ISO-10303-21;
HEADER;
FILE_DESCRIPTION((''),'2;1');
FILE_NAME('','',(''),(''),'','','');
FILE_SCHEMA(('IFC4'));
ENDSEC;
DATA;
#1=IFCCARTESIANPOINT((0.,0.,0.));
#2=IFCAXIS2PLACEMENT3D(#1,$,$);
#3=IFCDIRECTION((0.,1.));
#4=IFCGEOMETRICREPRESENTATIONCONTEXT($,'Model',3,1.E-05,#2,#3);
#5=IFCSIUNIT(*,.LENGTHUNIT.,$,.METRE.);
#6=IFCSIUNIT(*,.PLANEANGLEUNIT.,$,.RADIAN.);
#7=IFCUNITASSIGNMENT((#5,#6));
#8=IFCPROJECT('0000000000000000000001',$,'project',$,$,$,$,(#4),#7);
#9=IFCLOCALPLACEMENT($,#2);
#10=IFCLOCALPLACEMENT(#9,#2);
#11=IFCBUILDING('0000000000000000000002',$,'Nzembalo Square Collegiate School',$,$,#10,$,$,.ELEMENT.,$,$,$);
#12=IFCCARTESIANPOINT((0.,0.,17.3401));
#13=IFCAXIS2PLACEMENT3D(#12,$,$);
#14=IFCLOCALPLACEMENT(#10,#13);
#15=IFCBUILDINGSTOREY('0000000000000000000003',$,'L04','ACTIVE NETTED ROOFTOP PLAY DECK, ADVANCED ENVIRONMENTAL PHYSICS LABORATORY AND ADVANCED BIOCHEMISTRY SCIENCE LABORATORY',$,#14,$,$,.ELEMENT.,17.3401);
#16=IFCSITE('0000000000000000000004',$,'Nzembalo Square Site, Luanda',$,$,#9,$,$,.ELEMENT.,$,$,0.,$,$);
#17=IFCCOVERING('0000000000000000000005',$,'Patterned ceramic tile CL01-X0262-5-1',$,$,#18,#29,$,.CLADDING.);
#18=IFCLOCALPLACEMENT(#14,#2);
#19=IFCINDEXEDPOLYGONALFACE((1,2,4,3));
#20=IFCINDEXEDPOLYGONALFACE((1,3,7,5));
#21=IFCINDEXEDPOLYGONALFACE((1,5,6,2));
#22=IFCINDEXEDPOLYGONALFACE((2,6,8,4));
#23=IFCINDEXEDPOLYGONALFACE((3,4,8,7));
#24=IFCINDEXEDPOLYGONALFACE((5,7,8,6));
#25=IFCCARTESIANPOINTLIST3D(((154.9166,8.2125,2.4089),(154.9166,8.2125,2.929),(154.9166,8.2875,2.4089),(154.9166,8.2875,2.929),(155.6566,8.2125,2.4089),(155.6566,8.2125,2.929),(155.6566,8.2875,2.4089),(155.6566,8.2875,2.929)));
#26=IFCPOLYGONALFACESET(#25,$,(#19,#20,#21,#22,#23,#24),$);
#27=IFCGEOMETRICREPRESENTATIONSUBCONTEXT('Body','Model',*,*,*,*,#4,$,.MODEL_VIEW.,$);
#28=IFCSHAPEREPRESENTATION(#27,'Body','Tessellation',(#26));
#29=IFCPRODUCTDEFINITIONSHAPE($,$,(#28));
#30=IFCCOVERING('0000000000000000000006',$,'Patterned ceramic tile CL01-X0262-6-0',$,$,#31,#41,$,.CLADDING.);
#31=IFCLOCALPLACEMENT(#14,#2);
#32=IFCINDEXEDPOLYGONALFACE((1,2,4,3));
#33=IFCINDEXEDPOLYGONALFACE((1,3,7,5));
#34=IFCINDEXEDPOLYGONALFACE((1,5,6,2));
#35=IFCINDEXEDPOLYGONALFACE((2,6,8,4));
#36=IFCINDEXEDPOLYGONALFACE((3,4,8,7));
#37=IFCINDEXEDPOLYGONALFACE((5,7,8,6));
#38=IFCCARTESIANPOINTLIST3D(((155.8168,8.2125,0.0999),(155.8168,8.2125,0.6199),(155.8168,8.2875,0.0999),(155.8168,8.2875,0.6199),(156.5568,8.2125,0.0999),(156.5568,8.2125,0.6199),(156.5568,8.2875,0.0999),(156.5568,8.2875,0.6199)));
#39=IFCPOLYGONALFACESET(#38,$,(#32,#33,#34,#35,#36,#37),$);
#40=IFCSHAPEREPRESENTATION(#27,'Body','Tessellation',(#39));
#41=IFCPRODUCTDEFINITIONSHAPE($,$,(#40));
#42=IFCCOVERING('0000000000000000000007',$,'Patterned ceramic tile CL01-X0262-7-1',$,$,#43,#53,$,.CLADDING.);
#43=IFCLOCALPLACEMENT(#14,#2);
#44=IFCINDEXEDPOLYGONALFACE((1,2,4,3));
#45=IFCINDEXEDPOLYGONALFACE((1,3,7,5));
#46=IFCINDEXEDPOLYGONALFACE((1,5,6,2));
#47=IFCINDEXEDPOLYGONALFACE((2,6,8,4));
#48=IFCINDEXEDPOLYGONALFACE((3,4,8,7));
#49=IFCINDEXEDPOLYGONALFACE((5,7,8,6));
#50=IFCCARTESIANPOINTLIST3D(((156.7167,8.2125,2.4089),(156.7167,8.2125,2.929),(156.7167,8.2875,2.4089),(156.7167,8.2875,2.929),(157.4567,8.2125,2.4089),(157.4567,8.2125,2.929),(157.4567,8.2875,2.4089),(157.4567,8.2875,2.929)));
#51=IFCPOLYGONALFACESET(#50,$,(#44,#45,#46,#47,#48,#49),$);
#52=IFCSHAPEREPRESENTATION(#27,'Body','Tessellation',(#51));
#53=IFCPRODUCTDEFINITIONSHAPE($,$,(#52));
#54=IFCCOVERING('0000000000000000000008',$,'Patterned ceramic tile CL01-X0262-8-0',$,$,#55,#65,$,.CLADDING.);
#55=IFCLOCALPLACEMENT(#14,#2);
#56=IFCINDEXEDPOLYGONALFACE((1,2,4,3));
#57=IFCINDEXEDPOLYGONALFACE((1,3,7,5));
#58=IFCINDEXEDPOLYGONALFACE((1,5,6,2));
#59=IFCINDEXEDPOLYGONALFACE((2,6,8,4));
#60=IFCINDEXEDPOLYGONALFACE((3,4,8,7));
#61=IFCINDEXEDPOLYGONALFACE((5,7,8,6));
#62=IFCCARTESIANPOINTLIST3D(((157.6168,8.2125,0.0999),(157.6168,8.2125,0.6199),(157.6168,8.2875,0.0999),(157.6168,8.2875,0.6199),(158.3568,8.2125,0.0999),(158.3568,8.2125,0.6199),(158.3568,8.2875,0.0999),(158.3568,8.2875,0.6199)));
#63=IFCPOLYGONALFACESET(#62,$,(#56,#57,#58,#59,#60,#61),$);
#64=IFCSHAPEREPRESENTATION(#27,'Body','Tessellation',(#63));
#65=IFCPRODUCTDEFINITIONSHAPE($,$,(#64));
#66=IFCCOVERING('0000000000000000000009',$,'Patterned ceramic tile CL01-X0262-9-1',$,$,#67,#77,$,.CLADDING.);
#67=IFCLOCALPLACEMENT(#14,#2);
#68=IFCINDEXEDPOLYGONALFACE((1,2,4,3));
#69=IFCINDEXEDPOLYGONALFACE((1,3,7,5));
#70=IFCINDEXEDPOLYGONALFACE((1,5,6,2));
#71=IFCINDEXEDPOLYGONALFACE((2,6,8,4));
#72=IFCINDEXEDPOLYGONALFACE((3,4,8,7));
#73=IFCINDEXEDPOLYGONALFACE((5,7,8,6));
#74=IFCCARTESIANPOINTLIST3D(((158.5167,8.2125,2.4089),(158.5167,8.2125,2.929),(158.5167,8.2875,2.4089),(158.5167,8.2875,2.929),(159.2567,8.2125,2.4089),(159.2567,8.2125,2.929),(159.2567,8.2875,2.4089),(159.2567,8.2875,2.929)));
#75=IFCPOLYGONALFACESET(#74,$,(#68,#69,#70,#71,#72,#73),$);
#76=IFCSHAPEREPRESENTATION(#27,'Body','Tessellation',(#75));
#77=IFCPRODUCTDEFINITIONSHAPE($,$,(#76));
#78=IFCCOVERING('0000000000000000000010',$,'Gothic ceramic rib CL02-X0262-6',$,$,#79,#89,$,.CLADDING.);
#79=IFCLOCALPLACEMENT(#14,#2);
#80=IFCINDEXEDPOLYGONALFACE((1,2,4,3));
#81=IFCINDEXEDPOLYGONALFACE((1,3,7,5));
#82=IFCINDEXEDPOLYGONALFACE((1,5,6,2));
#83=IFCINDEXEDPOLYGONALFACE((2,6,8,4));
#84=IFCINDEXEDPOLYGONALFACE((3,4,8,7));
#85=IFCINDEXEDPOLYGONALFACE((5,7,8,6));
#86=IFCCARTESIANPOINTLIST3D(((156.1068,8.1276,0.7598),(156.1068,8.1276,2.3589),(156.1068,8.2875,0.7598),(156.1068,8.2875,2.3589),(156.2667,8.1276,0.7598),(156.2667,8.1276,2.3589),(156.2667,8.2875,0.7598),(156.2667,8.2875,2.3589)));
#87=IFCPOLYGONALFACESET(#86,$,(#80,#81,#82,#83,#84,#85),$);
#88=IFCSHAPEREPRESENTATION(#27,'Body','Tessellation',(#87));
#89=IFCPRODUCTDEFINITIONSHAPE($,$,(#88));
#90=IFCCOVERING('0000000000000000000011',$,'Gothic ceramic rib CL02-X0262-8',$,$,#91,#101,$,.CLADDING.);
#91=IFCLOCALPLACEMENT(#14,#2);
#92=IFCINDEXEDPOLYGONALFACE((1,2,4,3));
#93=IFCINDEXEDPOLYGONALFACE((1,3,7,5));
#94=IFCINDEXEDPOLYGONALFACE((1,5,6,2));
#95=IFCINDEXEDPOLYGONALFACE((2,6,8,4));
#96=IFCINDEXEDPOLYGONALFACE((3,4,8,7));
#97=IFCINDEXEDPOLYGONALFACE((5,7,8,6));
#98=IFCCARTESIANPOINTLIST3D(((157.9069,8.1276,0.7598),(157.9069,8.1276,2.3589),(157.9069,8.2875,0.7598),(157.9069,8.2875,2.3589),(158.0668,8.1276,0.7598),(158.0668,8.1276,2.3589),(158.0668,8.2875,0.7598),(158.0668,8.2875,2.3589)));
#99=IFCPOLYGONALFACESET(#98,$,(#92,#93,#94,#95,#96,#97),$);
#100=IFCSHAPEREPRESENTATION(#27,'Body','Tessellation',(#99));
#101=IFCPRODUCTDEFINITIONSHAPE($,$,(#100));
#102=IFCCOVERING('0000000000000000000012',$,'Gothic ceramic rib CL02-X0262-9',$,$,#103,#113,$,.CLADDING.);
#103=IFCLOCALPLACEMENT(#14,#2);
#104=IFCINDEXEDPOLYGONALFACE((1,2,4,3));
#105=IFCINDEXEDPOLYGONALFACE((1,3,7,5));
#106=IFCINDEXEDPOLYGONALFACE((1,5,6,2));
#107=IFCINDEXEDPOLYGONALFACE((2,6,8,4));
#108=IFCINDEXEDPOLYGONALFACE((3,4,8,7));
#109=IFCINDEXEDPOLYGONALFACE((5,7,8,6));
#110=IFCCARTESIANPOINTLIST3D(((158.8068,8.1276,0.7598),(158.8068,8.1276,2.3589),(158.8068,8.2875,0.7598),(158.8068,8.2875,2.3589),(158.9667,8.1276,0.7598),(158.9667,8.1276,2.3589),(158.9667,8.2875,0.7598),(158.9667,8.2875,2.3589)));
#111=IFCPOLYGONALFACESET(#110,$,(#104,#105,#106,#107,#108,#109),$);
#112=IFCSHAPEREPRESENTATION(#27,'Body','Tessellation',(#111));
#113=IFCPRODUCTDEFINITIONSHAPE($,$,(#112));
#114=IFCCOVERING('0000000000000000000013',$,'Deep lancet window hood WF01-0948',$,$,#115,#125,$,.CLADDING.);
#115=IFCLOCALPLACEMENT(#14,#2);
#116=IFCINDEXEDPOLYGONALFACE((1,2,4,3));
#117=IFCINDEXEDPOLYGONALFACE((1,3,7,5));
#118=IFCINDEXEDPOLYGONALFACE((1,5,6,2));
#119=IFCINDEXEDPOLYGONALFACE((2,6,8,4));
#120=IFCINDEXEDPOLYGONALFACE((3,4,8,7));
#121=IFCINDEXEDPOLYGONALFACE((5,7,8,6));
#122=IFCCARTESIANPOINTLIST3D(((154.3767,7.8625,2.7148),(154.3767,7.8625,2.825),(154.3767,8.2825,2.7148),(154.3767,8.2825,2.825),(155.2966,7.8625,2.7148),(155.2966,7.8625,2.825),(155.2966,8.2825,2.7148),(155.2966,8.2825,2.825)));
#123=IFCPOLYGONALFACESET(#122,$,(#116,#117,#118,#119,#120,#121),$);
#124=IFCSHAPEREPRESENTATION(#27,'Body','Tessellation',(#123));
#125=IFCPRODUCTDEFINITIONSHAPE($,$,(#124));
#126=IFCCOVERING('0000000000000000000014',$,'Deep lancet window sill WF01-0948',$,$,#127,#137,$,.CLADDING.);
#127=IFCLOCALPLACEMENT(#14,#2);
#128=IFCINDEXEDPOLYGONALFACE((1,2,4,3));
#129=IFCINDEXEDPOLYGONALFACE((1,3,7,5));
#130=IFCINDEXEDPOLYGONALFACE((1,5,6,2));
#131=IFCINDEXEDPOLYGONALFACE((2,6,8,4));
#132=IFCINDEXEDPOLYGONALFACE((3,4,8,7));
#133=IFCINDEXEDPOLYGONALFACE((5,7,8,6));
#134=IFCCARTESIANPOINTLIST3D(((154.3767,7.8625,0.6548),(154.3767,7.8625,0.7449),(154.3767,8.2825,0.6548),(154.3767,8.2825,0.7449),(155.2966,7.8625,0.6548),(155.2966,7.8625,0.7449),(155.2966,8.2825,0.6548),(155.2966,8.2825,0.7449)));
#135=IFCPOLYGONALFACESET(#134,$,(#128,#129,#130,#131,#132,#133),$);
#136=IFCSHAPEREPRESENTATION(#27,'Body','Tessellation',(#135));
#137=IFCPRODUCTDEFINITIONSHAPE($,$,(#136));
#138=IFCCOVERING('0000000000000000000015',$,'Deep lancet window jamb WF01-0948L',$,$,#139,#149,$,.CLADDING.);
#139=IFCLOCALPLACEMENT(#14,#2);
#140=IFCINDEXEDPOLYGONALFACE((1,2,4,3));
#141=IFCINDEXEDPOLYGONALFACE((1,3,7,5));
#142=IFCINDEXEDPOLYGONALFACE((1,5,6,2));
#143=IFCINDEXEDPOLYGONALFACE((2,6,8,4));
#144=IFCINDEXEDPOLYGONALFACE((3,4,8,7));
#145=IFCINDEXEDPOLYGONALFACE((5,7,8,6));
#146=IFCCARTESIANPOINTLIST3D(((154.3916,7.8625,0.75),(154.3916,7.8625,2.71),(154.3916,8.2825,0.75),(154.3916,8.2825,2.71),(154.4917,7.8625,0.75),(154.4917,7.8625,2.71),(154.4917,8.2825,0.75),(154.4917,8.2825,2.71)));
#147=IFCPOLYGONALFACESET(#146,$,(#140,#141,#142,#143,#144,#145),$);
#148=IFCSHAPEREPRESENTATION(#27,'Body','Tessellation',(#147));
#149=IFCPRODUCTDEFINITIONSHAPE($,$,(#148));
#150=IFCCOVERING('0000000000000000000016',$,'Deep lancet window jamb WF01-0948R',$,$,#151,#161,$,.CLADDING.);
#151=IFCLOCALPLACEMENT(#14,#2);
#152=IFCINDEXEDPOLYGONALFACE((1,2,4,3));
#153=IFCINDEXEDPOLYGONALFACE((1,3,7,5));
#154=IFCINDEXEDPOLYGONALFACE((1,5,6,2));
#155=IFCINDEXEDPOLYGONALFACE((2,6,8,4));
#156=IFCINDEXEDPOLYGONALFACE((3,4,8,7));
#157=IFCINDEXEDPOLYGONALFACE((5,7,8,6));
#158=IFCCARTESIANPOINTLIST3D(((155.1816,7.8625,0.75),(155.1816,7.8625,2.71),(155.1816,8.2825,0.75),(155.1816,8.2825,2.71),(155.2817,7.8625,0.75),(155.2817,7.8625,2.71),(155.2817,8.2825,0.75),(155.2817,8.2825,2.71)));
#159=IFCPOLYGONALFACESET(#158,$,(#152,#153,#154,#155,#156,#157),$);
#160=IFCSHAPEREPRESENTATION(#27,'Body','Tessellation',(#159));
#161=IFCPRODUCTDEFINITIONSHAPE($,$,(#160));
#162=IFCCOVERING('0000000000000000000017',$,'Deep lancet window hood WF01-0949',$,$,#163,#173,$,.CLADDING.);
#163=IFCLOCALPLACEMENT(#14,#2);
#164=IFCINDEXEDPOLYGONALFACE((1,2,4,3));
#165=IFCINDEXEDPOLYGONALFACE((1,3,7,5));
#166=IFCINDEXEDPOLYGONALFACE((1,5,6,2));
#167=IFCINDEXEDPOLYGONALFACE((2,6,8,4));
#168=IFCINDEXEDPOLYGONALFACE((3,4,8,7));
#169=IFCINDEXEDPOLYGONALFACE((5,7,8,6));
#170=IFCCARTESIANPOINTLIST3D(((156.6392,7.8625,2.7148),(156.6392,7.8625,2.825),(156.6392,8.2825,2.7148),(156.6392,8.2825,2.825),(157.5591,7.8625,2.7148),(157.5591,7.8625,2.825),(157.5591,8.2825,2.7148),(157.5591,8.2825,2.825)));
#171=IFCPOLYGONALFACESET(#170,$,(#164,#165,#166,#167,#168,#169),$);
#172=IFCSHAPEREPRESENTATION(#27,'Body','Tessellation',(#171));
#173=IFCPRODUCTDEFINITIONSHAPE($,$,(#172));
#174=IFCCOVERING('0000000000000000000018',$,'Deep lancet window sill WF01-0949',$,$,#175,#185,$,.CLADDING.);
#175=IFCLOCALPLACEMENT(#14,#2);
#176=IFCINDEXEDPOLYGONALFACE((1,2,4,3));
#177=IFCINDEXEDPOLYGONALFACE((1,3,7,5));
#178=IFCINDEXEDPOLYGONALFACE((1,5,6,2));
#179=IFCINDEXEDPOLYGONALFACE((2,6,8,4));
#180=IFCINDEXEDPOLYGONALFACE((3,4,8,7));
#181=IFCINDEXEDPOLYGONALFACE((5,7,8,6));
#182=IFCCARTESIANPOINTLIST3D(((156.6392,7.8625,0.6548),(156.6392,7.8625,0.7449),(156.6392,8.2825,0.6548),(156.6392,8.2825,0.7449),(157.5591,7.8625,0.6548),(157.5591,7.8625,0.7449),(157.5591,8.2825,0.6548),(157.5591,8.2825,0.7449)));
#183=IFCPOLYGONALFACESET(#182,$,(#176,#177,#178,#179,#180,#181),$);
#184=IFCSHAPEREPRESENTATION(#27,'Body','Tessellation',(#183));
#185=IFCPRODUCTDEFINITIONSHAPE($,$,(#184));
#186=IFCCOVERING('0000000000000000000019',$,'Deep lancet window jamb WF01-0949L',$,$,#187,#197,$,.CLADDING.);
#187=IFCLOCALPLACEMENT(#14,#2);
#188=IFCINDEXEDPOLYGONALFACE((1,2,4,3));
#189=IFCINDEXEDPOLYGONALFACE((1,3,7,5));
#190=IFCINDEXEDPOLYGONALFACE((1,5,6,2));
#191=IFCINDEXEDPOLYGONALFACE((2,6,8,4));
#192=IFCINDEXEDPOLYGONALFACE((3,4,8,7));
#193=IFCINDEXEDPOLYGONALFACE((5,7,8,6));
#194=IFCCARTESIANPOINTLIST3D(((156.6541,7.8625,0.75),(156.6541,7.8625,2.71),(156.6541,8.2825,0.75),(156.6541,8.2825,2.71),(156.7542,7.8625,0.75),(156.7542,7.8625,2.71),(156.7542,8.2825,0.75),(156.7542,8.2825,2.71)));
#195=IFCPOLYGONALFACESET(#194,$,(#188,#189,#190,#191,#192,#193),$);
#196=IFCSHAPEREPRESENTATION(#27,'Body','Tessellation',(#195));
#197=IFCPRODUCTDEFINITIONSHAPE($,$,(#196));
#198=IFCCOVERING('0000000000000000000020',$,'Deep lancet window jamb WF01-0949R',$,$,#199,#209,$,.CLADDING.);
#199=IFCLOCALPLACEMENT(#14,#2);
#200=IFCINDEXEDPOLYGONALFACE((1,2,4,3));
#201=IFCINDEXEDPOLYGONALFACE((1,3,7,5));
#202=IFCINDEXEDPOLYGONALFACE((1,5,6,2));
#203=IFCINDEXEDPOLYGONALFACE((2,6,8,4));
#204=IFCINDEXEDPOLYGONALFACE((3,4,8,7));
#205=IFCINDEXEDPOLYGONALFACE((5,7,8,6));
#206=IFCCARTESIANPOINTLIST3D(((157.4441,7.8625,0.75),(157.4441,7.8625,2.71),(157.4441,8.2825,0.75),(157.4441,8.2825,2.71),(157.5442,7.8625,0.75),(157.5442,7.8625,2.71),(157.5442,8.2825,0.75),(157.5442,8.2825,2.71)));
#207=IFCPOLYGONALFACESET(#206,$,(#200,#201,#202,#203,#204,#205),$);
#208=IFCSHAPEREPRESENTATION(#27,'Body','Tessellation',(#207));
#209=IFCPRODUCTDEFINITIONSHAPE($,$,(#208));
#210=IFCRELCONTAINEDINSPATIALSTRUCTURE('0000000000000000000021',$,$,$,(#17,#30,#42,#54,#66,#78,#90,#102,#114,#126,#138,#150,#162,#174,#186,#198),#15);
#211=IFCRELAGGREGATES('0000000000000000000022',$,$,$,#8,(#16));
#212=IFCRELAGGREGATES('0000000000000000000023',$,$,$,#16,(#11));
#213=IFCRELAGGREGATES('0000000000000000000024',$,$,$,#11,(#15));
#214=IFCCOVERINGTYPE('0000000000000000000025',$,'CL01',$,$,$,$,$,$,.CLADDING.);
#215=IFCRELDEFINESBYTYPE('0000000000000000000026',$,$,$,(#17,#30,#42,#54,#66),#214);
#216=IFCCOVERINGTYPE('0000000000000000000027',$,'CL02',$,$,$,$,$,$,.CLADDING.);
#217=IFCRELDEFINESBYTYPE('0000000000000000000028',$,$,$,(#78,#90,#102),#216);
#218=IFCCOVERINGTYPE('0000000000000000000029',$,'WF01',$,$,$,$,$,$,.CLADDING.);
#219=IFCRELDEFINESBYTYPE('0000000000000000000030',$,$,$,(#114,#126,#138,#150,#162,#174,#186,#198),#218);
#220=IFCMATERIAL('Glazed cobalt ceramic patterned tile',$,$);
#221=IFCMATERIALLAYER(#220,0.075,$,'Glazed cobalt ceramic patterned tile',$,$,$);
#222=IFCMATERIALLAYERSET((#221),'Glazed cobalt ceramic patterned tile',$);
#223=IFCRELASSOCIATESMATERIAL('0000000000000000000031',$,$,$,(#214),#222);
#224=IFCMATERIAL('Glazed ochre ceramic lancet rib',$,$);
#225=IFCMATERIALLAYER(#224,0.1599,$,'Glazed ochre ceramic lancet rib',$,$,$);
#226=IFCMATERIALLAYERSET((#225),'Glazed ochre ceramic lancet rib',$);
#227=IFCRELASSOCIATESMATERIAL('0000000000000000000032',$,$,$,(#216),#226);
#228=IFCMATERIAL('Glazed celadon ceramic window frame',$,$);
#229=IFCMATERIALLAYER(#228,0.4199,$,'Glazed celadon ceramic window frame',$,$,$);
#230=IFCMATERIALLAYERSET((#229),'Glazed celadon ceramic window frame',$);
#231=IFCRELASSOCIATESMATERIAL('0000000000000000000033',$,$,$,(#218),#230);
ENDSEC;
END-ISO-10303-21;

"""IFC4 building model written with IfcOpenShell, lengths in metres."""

from ifc_helpers import new_model, si_unit, direction, frame, origin, origin_2d, place, context, subcontext, project, spatial, rectangle, extrude, material, layer, layer_set, type_object, element, save


model = new_model("IFC4")

# Units and contexts
model_context = context("Model", 3, precision=1e-05, world=origin(), true_north=direction((0.0, 1.0)))
body_context = subcontext(model_context, "Body", "Model", "MODEL_VIEW")
ifc_project = project(units=[si_unit("LENGTHUNIT", "METRE"), si_unit("PLANEANGLEUNIT", "RADIAN")], contexts=[model_context])

# Site, building, storey
site_placement = place(None, origin())
site = spatial("IfcSite", under=ifc_project, at=site_placement, Name="Nzembalo Square Site, Luanda", CompositionType="ELEMENT", RefElevation=0.0)
building_placement = place(site_placement, origin())
building = spatial("IfcBuilding", under=site, at=building_placement, Name="Nzembalo Square Collegiate School", CompositionType="ELEMENT")
storey_placement = place(building_placement, frame((0.0, 0.0, 17.3401)))
storey = spatial("IfcBuildingStorey", under=building, at=storey_placement, Name="L04", Description="ACTIVE NETTED ROOFTOP PLAY DECK, ADVANCED ENVIRONMENTAL PHYSICS LABORATORY AND ADVANCED BIOCHEMISTRY SCIENCE LABORATORY", CompositionType="ELEMENT", Elevation=17.3401)

# Coverings
ifc_material_1 = material(Name="Glazed cobalt ceramic patterned tile")
ifc_layer_1 = layer(ifc_material_1, 0.075, Name="Glazed cobalt ceramic patterned tile")
ifc_layer_set_1 = layer_set([ifc_layer_1], Name="Glazed cobalt ceramic patterned tile")
covering_type_1 = type_object("IfcCoveringType", Name="CL01", PredefinedType="CLADDING", material=ifc_layer_set_1)
for number, where, z_axis, x_axis, name in (
    (1, (155.2866, 8.25, 2.4089), (0.0, 0.0, 1.0), (1.0, 0.0, 0.0), "Patterned ceramic tile CL01-X0262-5-1"),
    (2, (156.1868, 8.25, 0.0999), (0.0, 0.0, 1.0), (1.0, 0.0, 0.0), "Patterned ceramic tile CL01-X0262-6-0"),
    (3, (157.0867, 8.25, 2.4089), (0.0, 0.0, 1.0), (1.0, 0.0, 0.0), "Patterned ceramic tile CL01-X0262-7-1"),
    (4, (157.9868, 8.25, 0.0999), (0.0, 0.0, 1.0), (1.0, 0.0, 0.0), "Patterned ceramic tile CL01-X0262-8-0"),
    (5, (158.8867, 8.25, 2.4089), (0.0, 0.0, 1.0), (1.0, 0.0, 0.0), "Patterned ceramic tile CL01-X0262-9-1"),
):
    element("IfcCovering", number, at=place(storey_placement, frame(where, z_axis=z_axis, x_axis=x_axis)), inside=storey, type_object=covering_type_1, Name=name, PredefinedType="CLADDING", context=body_context, shape_type="SweptSolid", body=[
        extrude(rectangle(XDim=0.74, YDim=0.075, at=origin_2d()), origin(), (0.0, 0.0, 1.0), 0.52),
    ])
ifc_material_2 = material(Name="Glazed ochre ceramic lancet rib")
ifc_layer_2 = layer(ifc_material_2, 0.1599, Name="Glazed ochre ceramic lancet rib")
ifc_layer_set_2 = layer_set([ifc_layer_2], Name="Glazed ochre ceramic lancet rib")
covering_type_2 = type_object("IfcCoveringType", Name="CL02", PredefinedType="CLADDING", material=ifc_layer_set_2)
for number, where, z_axis, x_axis, name in (
    (6, (156.1868, 8.2075, 0.7598), (0.0, 0.0, 1.0), (1.0, 0.0, 0.0), "Gothic ceramic rib CL02-X0262-6"),
    (7, (157.9868, 8.2075, 0.7598), (0.0, 0.0, 1.0), (1.0, 0.0, 0.0), "Gothic ceramic rib CL02-X0262-8"),
    (8, (158.8867, 8.2075, 0.7598), (0.0, 0.0, 1.0), (1.0, 0.0, 0.0), "Gothic ceramic rib CL02-X0262-9"),
):
    element("IfcCovering", number, at=place(storey_placement, frame(where, z_axis=z_axis, x_axis=x_axis)), inside=storey, type_object=covering_type_2, Name=name, PredefinedType="CLADDING", context=body_context, shape_type="SweptSolid", body=[
        extrude(rectangle(XDim=0.1599, YDim=0.1599, at=origin_2d()), origin(), (0.0, 0.0, 1.0), 1.5991),
    ])
ifc_material_3 = material(Name="Glazed celadon ceramic window frame")
ifc_layer_3 = layer(ifc_material_3, 0.4199, Name="Glazed celadon ceramic window frame")
ifc_layer_set_3 = layer_set([ifc_layer_3], Name="Glazed celadon ceramic window frame")
covering_type_3 = type_object("IfcCoveringType", Name="WF01", PredefinedType="CLADDING", material=ifc_layer_set_3)
covering_1_placement = place(storey_placement, frame((154.8367, 8.0725, 2.7148), z_axis=(0.0, 0.0, 1.0), x_axis=(1.0, 0.0, 0.0)))
element("IfcCovering", 9, at=covering_1_placement, inside=storey, type_object=covering_type_3, Name="Deep lancet window hood WF01-0948", PredefinedType="CLADDING", context=body_context, shape_type="SweptSolid", body=[
    extrude(rectangle(XDim=0.9199, YDim=0.4199, at=origin_2d()), origin(), (0.0, 0.0, 1.0), 0.1101),
])
covering_2_placement = place(storey_placement, frame((154.8367, 8.0725, 0.6548), z_axis=(0.0, 0.0, 1.0), x_axis=(1.0, 0.0, 0.0)))
element("IfcCovering", 10, at=covering_2_placement, inside=storey, type_object=covering_type_3, Name="Deep lancet window sill WF01-0948", PredefinedType="CLADDING", context=body_context, shape_type="SweptSolid", body=[
    extrude(rectangle(XDim=0.9199, YDim=0.4199, at=origin_2d()), origin(), (0.0, 0.0, 1.0), 0.0901),
])
for number, where, z_axis, x_axis, name in (
    (11, (154.4417, 8.0725, 0.75), (0.0, 0.0, 1.0), (1.0, 0.0, 0.0), "Deep lancet window jamb WF01-0948L"),
    (12, (155.2317, 8.0725, 0.75), (0.0, 0.0, 1.0), (1.0, 0.0, 0.0), "Deep lancet window jamb WF01-0948R"),
):
    element("IfcCovering", number, at=place(storey_placement, frame(where, z_axis=z_axis, x_axis=x_axis)), inside=storey, type_object=covering_type_3, Name=name, PredefinedType="CLADDING", context=body_context, shape_type="SweptSolid", body=[
        extrude(rectangle(XDim=0.1001, YDim=0.4199, at=origin_2d()), origin(), (0.0, 0.0, 1.0), 1.96),
    ])
covering_3_placement = place(storey_placement, frame((157.0991, 8.0725, 2.7148), z_axis=(0.0, 0.0, 1.0), x_axis=(1.0, 0.0, 0.0)))
element("IfcCovering", 13, at=covering_3_placement, inside=storey, type_object=covering_type_3, Name="Deep lancet window hood WF01-0949", PredefinedType="CLADDING", context=body_context, shape_type="SweptSolid", body=[
    extrude(rectangle(XDim=0.9199, YDim=0.4199, at=origin_2d()), origin(), (0.0, 0.0, 1.0), 0.1101),
])
covering_4_placement = place(storey_placement, frame((157.0991, 8.0725, 0.6548), z_axis=(0.0, 0.0, 1.0), x_axis=(1.0, 0.0, 0.0)))
element("IfcCovering", 14, at=covering_4_placement, inside=storey, type_object=covering_type_3, Name="Deep lancet window sill WF01-0949", PredefinedType="CLADDING", context=body_context, shape_type="SweptSolid", body=[
    extrude(rectangle(XDim=0.9199, YDim=0.4199, at=origin_2d()), origin(), (0.0, 0.0, 1.0), 0.0901),
])
for number, where, z_axis, x_axis, name in (
    (15, (156.7041, 8.0725, 0.75), (0.0, 0.0, 1.0), (1.0, 0.0, 0.0), "Deep lancet window jamb WF01-0949L"),
    (16, (157.4941, 8.0725, 0.75), (0.0, 0.0, 1.0), (1.0, 0.0, 0.0), "Deep lancet window jamb WF01-0949R"),
):
    element("IfcCovering", number, at=place(storey_placement, frame(where, z_axis=z_axis, x_axis=x_axis)), inside=storey, type_object=covering_type_3, Name=name, PredefinedType="CLADDING", context=body_context, shape_type="SweptSolid", body=[
        extrude(rectangle(XDim=0.1001, YDim=0.4199, at=origin_2d()), origin(), (0.0, 0.0, 1.0), 1.96),
    ])

save(model, "model.ifc")
